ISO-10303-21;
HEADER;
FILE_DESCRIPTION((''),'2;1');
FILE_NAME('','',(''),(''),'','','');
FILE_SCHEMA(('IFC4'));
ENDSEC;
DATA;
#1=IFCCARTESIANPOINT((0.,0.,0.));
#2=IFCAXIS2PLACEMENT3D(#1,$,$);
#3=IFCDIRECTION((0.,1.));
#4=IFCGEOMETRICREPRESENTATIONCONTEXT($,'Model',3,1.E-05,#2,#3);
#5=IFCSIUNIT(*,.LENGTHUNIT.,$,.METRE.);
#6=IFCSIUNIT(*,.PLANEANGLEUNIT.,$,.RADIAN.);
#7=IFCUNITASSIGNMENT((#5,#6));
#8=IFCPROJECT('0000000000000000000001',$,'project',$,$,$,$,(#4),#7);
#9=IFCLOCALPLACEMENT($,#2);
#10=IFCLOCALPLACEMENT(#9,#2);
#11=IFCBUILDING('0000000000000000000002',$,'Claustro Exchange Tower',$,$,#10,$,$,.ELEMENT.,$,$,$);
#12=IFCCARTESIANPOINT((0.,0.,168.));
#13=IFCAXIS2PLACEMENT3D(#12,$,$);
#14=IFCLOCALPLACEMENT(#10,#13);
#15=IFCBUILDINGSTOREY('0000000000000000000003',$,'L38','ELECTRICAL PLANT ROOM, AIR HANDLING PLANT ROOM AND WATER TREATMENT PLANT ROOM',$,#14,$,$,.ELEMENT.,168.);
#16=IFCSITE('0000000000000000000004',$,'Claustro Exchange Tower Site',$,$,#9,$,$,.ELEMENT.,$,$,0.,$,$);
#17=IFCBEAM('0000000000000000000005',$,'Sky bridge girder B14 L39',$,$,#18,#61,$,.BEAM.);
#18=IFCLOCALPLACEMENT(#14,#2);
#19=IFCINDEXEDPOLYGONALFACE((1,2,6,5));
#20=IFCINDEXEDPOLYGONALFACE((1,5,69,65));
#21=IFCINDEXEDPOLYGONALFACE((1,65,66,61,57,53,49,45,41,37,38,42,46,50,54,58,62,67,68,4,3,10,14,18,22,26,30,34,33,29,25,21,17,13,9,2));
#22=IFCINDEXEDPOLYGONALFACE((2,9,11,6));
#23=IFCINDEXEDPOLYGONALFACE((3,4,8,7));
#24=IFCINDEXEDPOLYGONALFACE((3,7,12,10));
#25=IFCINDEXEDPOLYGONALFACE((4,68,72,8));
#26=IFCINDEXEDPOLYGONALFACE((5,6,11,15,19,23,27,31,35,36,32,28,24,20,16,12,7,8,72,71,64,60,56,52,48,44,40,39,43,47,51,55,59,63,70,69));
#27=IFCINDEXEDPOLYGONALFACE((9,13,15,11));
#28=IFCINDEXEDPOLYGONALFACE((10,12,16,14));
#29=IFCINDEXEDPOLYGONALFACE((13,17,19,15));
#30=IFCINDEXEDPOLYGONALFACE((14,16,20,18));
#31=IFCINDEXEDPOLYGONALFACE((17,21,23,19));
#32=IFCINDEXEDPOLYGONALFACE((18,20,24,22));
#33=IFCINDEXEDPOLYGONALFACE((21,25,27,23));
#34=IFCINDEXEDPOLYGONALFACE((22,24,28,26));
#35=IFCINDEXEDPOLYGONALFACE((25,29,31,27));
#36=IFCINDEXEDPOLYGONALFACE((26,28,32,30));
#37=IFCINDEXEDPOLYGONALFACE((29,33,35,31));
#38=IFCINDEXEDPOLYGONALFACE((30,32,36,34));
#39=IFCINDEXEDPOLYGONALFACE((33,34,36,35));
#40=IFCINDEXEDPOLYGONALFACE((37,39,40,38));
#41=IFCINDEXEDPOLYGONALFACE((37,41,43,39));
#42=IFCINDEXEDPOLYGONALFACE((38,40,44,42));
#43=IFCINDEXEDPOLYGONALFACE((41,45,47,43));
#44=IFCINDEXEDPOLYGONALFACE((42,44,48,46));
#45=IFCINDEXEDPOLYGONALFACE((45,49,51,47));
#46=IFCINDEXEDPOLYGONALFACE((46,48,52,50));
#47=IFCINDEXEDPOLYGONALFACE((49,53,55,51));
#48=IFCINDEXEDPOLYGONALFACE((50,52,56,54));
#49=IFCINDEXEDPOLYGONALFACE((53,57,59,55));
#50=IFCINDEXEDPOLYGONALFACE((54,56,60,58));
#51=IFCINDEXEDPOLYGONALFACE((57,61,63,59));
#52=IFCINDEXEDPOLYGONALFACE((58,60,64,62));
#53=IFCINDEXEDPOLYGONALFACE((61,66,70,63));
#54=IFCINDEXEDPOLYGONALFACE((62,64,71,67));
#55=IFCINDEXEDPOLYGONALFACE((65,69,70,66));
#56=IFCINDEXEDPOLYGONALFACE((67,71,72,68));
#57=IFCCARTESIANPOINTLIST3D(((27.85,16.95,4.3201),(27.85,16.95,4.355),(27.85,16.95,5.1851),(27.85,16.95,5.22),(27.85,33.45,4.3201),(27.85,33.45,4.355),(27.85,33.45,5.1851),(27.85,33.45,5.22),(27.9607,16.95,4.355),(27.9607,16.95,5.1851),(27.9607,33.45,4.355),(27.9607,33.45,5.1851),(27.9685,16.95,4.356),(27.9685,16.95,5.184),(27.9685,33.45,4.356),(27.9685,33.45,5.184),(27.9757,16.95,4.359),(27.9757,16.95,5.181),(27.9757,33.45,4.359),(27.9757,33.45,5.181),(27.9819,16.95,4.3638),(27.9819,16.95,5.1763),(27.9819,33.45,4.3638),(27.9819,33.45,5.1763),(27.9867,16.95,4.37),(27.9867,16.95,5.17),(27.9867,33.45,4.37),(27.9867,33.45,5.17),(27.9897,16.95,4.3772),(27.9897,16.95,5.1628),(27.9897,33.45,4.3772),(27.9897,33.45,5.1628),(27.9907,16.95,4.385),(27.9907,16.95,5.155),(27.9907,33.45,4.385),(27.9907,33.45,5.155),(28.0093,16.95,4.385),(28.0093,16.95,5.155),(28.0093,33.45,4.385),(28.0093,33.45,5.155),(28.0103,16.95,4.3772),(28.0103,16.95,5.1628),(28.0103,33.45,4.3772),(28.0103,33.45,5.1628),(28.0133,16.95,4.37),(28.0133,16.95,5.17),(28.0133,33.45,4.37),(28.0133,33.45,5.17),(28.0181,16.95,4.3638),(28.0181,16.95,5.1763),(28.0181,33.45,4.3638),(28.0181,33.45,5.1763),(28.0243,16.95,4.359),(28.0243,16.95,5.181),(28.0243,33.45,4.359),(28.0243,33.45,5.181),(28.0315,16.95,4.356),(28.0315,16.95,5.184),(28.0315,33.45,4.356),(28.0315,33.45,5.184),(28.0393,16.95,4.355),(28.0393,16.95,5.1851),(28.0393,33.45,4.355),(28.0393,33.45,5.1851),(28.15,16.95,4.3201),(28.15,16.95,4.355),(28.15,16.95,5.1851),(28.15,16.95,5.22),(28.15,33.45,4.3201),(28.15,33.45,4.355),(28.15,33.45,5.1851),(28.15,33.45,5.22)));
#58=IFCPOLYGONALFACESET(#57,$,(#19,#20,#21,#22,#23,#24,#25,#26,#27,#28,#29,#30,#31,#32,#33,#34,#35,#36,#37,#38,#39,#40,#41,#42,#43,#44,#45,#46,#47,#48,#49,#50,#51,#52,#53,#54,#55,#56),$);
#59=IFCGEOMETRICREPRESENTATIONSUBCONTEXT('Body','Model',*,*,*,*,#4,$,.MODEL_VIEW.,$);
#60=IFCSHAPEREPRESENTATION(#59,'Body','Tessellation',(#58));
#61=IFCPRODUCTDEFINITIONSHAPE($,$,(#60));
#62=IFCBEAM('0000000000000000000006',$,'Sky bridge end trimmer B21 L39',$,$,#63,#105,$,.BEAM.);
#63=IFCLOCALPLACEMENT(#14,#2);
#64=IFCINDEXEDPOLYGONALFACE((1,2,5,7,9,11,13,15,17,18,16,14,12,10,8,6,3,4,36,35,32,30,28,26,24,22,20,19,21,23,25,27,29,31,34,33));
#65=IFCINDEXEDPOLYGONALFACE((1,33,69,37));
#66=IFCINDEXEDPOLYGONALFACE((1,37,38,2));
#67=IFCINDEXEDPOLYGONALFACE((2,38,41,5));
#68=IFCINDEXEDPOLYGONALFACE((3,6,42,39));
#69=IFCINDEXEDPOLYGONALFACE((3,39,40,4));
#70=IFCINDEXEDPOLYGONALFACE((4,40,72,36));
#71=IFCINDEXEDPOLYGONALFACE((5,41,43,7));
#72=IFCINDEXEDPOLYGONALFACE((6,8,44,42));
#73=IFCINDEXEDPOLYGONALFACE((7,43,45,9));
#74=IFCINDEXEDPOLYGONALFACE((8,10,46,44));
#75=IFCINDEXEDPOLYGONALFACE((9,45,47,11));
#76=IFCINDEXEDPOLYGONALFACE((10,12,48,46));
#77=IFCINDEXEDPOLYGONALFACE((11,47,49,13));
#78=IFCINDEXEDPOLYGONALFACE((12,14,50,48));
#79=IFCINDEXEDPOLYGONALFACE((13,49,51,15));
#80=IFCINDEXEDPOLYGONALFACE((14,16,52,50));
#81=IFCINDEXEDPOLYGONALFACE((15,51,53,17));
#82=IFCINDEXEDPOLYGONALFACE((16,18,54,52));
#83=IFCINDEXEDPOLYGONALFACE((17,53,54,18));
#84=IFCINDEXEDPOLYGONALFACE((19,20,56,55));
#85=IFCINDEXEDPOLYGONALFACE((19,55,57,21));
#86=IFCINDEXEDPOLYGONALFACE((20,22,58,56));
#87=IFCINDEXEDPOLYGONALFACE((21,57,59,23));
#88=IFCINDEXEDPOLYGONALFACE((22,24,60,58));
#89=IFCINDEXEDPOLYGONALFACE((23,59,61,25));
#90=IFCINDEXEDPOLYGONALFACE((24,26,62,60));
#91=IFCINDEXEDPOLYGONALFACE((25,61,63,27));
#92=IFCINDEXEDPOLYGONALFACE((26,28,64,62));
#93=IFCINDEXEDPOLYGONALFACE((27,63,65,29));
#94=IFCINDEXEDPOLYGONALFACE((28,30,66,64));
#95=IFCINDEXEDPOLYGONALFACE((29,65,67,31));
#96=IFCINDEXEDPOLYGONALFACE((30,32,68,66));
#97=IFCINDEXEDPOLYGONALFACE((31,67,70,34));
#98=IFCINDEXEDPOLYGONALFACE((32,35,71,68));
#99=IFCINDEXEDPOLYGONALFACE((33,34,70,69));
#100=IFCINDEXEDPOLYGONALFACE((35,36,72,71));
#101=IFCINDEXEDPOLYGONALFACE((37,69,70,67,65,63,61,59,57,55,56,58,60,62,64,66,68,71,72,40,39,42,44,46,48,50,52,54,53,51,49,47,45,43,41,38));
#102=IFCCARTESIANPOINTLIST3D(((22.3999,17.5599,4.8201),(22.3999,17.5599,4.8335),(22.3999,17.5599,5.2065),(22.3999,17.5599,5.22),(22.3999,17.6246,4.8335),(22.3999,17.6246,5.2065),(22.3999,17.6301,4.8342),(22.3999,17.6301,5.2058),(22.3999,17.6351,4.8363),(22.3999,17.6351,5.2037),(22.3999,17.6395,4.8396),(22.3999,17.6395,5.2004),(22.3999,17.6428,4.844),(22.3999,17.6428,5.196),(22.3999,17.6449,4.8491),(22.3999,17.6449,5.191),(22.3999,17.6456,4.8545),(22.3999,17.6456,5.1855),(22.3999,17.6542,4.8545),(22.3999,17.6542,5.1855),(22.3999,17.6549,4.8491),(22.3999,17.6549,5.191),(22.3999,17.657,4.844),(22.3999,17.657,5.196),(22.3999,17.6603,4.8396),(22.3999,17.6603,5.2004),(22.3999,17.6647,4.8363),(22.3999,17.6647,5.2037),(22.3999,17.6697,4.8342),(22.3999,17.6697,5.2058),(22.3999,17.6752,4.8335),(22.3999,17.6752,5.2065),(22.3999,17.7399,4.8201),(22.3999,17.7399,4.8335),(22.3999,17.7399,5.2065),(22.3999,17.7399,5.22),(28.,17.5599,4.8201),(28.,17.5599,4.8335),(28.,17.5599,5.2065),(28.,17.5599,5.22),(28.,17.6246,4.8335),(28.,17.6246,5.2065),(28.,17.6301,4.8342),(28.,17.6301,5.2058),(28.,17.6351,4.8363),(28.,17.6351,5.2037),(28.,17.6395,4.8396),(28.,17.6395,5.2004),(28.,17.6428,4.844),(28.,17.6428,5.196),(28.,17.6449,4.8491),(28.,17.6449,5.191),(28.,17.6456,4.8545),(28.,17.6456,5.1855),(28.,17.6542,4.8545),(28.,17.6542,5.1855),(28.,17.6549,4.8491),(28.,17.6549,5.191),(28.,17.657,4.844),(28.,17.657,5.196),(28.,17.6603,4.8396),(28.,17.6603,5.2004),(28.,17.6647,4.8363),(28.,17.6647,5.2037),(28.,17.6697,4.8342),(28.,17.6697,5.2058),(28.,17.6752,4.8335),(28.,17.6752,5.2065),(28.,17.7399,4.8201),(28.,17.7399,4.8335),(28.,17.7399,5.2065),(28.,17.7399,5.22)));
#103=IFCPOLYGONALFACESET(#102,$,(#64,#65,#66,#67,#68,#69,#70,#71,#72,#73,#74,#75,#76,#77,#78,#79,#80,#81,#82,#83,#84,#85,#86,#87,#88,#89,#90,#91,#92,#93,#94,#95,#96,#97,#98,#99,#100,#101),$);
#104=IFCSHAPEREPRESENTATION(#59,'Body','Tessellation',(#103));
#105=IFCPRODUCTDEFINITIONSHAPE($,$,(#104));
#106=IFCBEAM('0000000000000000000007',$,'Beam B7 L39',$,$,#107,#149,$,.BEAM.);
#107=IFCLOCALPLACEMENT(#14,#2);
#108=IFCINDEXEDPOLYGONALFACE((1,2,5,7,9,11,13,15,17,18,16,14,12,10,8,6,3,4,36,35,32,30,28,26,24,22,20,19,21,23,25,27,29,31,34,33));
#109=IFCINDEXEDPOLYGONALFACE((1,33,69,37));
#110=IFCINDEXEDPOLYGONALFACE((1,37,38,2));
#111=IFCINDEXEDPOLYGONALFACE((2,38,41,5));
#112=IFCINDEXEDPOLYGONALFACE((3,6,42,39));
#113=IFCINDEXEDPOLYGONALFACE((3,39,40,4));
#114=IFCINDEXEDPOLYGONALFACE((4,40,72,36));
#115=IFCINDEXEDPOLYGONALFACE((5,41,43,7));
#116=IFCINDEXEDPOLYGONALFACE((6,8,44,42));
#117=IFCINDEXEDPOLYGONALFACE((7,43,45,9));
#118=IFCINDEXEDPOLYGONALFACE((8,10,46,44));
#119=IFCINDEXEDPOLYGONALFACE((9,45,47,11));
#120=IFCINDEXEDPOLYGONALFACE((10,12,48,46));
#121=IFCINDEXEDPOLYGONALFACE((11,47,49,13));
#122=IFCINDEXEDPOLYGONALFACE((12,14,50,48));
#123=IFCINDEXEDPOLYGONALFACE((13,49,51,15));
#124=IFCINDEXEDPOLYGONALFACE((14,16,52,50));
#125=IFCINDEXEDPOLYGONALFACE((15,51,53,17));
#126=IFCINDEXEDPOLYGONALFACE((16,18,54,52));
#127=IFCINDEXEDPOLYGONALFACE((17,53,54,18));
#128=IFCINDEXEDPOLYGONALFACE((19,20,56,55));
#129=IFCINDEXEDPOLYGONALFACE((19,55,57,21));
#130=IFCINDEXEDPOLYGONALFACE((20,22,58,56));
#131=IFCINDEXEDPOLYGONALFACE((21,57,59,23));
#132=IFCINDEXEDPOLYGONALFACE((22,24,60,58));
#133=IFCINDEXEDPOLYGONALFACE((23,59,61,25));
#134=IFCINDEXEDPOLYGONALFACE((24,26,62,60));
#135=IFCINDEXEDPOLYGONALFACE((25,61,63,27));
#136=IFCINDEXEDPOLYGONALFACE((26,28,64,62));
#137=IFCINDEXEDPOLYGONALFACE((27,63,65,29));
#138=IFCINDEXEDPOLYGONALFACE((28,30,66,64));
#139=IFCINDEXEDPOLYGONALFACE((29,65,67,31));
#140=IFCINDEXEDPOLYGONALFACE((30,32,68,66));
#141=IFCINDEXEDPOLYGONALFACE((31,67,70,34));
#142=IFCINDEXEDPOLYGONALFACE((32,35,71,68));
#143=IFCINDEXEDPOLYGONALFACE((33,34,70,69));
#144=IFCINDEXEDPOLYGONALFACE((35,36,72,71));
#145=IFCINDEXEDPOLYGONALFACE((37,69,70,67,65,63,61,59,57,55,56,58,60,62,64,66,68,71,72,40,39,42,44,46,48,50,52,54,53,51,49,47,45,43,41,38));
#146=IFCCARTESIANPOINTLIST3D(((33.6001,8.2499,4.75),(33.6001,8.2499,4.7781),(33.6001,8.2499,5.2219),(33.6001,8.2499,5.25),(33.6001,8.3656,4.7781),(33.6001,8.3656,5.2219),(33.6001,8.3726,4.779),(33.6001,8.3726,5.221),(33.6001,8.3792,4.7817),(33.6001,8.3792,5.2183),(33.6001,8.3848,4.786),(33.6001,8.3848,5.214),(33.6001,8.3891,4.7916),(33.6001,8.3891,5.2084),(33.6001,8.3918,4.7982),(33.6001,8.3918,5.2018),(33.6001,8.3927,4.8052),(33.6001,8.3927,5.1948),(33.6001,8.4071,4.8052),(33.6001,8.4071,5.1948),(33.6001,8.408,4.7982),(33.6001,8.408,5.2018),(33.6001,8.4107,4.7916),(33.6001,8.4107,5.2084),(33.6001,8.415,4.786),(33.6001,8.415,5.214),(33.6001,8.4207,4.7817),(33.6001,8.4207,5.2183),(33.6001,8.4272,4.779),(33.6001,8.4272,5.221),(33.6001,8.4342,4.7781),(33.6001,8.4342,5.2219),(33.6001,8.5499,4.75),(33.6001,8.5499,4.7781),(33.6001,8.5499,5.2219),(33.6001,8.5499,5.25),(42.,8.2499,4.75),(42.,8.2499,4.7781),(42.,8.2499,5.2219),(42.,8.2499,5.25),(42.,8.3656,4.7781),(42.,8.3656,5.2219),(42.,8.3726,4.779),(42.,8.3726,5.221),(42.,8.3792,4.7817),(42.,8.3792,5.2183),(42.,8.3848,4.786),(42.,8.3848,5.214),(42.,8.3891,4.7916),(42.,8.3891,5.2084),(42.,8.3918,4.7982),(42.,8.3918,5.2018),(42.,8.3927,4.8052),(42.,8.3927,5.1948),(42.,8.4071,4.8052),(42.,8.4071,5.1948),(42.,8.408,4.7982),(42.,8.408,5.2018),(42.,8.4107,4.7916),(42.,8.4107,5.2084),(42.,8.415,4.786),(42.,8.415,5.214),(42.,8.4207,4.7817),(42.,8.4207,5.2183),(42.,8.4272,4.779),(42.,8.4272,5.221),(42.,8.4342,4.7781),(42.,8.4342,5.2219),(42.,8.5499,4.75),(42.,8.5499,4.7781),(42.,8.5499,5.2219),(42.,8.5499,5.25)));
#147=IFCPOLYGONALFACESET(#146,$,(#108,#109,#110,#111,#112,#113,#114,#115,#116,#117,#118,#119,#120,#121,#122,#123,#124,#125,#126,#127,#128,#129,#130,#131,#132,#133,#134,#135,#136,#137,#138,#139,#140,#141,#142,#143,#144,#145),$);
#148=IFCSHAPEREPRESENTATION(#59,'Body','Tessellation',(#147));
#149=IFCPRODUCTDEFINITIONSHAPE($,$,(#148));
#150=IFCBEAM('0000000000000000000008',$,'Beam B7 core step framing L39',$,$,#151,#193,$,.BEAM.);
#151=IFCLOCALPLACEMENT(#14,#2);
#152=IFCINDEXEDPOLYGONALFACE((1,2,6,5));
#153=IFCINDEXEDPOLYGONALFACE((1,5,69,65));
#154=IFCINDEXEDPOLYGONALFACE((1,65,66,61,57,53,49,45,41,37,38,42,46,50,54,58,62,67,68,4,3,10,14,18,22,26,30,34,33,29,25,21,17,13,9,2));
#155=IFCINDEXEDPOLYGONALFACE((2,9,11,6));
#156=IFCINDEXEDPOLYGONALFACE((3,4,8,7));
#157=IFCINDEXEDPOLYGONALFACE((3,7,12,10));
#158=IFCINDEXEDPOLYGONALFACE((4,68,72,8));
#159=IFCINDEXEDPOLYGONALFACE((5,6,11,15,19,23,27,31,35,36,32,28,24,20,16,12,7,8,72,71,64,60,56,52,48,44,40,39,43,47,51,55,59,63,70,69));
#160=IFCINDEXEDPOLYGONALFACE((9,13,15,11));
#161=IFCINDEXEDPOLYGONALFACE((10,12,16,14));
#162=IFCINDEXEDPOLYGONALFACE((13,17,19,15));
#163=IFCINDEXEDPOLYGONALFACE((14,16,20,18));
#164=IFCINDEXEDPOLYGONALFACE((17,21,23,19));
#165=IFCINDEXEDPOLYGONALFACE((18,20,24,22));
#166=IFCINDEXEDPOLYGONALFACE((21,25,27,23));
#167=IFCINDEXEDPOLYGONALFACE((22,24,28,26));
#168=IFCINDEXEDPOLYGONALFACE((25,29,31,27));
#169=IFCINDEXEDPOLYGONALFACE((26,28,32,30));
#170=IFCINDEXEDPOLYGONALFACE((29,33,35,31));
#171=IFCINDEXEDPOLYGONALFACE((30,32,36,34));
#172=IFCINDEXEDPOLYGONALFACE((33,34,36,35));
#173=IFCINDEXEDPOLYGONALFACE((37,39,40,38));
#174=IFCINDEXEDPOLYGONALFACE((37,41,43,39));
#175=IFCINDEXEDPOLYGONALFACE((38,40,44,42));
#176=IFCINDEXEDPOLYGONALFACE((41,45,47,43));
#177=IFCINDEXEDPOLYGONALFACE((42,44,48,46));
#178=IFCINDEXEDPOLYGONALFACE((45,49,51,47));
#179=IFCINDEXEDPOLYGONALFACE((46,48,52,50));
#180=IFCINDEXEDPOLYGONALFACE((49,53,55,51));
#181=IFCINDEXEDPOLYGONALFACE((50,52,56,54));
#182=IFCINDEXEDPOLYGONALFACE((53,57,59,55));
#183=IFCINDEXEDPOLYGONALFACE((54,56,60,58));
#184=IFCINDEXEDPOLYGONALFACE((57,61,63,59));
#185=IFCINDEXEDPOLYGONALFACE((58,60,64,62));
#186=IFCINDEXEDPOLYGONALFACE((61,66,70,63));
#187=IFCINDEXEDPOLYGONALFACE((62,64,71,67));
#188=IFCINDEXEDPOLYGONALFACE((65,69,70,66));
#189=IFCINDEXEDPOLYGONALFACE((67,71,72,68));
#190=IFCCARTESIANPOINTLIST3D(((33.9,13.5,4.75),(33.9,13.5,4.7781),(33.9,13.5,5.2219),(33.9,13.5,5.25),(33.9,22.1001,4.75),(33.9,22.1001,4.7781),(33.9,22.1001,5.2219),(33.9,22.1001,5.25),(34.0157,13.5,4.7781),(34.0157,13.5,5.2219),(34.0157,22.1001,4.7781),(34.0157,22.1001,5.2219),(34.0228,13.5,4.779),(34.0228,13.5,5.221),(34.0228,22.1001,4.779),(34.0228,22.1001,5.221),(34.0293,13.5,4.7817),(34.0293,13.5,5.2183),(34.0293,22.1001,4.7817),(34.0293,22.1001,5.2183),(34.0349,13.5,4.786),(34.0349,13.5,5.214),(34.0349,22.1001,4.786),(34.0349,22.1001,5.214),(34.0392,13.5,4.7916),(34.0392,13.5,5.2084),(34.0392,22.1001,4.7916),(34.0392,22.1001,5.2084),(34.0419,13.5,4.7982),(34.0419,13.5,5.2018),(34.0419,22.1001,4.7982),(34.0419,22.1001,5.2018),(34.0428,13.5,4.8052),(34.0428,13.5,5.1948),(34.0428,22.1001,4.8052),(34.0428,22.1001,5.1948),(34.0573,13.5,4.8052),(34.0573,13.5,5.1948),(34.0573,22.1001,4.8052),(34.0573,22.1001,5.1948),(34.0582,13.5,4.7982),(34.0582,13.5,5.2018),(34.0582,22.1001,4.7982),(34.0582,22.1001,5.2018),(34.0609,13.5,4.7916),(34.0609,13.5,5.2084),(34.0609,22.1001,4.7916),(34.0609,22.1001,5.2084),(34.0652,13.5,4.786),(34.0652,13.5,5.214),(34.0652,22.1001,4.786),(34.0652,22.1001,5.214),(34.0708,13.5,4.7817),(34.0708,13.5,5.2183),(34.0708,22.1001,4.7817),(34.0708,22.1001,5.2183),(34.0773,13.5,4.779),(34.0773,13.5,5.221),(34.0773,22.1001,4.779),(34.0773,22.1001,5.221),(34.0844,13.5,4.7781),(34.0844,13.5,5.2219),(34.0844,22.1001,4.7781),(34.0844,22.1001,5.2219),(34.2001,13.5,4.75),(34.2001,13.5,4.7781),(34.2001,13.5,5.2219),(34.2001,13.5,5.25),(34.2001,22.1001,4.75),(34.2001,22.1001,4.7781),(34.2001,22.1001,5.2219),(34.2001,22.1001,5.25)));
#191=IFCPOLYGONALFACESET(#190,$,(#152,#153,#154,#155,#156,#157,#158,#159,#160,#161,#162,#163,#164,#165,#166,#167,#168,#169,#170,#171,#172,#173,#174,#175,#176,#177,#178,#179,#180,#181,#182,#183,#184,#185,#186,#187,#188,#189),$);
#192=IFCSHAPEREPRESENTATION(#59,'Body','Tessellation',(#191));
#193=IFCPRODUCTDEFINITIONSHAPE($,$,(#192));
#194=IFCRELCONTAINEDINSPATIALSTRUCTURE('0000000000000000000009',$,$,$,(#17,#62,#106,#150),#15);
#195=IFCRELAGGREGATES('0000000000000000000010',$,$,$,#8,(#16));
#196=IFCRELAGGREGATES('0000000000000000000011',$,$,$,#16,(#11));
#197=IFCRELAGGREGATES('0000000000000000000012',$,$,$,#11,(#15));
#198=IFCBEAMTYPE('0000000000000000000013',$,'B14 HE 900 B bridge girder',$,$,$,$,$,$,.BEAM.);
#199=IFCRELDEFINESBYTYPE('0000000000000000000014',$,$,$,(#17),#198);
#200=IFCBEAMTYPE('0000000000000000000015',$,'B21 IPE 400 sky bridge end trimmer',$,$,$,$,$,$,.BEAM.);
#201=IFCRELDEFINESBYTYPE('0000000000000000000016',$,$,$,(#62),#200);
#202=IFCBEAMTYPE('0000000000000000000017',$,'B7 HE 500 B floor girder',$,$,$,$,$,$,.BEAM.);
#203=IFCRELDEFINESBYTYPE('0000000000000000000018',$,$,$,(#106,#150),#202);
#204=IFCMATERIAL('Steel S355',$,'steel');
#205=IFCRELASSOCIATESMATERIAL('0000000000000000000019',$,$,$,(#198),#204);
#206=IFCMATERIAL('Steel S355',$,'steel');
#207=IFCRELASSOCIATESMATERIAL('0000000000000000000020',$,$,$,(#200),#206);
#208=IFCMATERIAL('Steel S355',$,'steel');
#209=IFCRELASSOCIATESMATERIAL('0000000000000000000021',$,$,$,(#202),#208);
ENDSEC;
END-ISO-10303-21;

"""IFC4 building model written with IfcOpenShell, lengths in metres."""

from ifc_helpers import new_model, si_unit, direction, frame, origin, origin_2d, place, context, subcontext, project, spatial, i_section, extrude, material, material_profile, profile_set, type_object, element, save


model = new_model("IFC4")

# Units and contexts
model_context = context("Model", 3, precision=1e-05, world=origin(), true_north=direction((0.0, 1.0)))
body_context = subcontext(model_context, "Body", "Model", "MODEL_VIEW")
ifc_project = project(units=[si_unit("LENGTHUNIT", "METRE"), si_unit("PLANEANGLEUNIT", "RADIAN")], contexts=[model_context])

# Site, building, storey
site_placement = place(None, origin())
site = spatial("IfcSite", under=ifc_project, at=site_placement, Name="Claustro Exchange Tower Site", CompositionType="ELEMENT", RefElevation=0.0)
building_placement = place(site_placement, origin())
building = spatial("IfcBuilding", under=site, at=building_placement, Name="Claustro Exchange Tower", CompositionType="ELEMENT")
storey_placement = place(building_placement, frame((0.0, 0.0, 168.0)))
storey = spatial("IfcBuildingStorey", under=building, at=storey_placement, Name="L38", Description="ELECTRICAL PLANT ROOM, AIR HANDLING PLANT ROOM AND WATER TREATMENT PLANT ROOM", CompositionType="ELEMENT", Elevation=168.0)

# Beams
ifc_material_1 = material(Name="Steel S355", Category="steel")
ifc_material_profile_1 = material_profile(ifc_material_1, i_section(OverallWidth=0.3, OverallDepth=0.8999, WebThickness=0.0186, FlangeThickness=0.0349, FilletRadius=0.03, at=origin_2d()), Name="HE 900 B")
ifc_profile_set_1 = profile_set([ifc_material_profile_1], Name="Steel S355")
beam_type_1 = type_object("IfcBeamType", Name="B14 HE 900 B bridge girder", PredefinedType="BEAM", material=ifc_profile_set_1)
for number, where, z_axis, x_axis, name in (
    (1, (28.0, 16.95, 4.77), (0.0, 1.0, 0.0), (-1.0, 0.0, 0.0), "Sky bridge girder B14 L39"),
):
    element("IfcBeam", number, at=place(storey_placement, frame(where, z_axis=z_axis, x_axis=x_axis)), inside=storey, type_object=beam_type_1, Name=name, PredefinedType="BEAM", context=body_context, shape_type="SweptSolid", body=[
        extrude(i_section(OverallWidth=0.3, OverallDepth=0.8999, WebThickness=0.0186, FlangeThickness=0.0349, FilletRadius=0.03, at=origin_2d()), origin(), (0.0, 0.0, 1.0), 16.5),
    ])
ifc_material_2 = material(Name="Steel S355", Category="steel")
ifc_material_profile_2 = material_profile(ifc_material_2, i_section(OverallWidth=0.1799, OverallDepth=0.3999, WebThickness=0.0085, FlangeThickness=0.0134, FilletRadius=0.021, at=origin_2d()), Name="IPE 400")
ifc_profile_set_2 = profile_set([ifc_material_profile_2], Name="Steel S355")
beam_type_2 = type_object("IfcBeamType", Name="B21 IPE 400 sky bridge end trimmer", PredefinedType="BEAM", material=ifc_profile_set_2)
beam_1_placement = place(storey_placement, frame((22.3999, 17.6499, 5.02), z_axis=(1.0, 0.0, 0.0), x_axis=(0.0, 1.0, 0.0)))
element("IfcBeam", 2, at=beam_1_placement, inside=storey, type_object=beam_type_2, Name="Sky bridge end trimmer B21 L39", PredefinedType="BEAM", context=body_context, shape_type="SweptSolid", body=[
    extrude(i_section(OverallWidth=0.1799, OverallDepth=0.3999, WebThickness=0.0085, FlangeThickness=0.0134, FilletRadius=0.021, at=origin_2d()), origin(), (0.0, 0.0, 1.0), 5.6001),
])
ifc_material_3 = material(Name="Steel S355", Category="steel")
ifc_material_profile_3 = material_profile(ifc_material_3, i_section(OverallWidth=0.3, OverallDepth=0.5, WebThickness=0.0144, FlangeThickness=0.0281, FilletRadius=0.0271, at=origin_2d()), Name="HE 500 B")
ifc_profile_set_3 = profile_set([ifc_material_profile_3], Name="Steel S355")
beam_type_3 = type_object("IfcBeamType", Name="B7 HE 500 B floor girder", PredefinedType="BEAM", material=ifc_profile_set_3)
beam_2_placement = place(storey_placement, frame((33.6001, 8.3999, 5.0), z_axis=(1.0, 0.0, 0.0), x_axis=(0.0, 1.0, 0.0)))
element("IfcBeam", 3, at=beam_2_placement, inside=storey, type_object=beam_type_3, Name="Beam B7 L39", PredefinedType="BEAM", context=body_context, shape_type="SweptSolid", body=[
    extrude(i_section(OverallWidth=0.3, OverallDepth=0.5, WebThickness=0.0144, FlangeThickness=0.0281, FilletRadius=0.0271, at=origin_2d()), origin(), (0.0, 0.0, 1.0), 8.3999),
])
beam_3_placement = place(storey_placement, frame((34.05, 13.5, 5.0), z_axis=(0.0, 1.0, 0.0), x_axis=(-1.0, 0.0, 0.0)))
element("IfcBeam", 4, at=beam_3_placement, inside=storey, type_object=beam_type_3, Name="Beam B7 core step framing L39", PredefinedType="BEAM", context=body_context, shape_type="SweptSolid", body=[
    extrude(i_section(OverallWidth=0.3, OverallDepth=0.5, WebThickness=0.0144, FlangeThickness=0.0281, FilletRadius=0.0271, at=origin_2d()), origin(), (0.0, 0.0, 1.0), 8.6001),
])

save(model, "model.ifc")
